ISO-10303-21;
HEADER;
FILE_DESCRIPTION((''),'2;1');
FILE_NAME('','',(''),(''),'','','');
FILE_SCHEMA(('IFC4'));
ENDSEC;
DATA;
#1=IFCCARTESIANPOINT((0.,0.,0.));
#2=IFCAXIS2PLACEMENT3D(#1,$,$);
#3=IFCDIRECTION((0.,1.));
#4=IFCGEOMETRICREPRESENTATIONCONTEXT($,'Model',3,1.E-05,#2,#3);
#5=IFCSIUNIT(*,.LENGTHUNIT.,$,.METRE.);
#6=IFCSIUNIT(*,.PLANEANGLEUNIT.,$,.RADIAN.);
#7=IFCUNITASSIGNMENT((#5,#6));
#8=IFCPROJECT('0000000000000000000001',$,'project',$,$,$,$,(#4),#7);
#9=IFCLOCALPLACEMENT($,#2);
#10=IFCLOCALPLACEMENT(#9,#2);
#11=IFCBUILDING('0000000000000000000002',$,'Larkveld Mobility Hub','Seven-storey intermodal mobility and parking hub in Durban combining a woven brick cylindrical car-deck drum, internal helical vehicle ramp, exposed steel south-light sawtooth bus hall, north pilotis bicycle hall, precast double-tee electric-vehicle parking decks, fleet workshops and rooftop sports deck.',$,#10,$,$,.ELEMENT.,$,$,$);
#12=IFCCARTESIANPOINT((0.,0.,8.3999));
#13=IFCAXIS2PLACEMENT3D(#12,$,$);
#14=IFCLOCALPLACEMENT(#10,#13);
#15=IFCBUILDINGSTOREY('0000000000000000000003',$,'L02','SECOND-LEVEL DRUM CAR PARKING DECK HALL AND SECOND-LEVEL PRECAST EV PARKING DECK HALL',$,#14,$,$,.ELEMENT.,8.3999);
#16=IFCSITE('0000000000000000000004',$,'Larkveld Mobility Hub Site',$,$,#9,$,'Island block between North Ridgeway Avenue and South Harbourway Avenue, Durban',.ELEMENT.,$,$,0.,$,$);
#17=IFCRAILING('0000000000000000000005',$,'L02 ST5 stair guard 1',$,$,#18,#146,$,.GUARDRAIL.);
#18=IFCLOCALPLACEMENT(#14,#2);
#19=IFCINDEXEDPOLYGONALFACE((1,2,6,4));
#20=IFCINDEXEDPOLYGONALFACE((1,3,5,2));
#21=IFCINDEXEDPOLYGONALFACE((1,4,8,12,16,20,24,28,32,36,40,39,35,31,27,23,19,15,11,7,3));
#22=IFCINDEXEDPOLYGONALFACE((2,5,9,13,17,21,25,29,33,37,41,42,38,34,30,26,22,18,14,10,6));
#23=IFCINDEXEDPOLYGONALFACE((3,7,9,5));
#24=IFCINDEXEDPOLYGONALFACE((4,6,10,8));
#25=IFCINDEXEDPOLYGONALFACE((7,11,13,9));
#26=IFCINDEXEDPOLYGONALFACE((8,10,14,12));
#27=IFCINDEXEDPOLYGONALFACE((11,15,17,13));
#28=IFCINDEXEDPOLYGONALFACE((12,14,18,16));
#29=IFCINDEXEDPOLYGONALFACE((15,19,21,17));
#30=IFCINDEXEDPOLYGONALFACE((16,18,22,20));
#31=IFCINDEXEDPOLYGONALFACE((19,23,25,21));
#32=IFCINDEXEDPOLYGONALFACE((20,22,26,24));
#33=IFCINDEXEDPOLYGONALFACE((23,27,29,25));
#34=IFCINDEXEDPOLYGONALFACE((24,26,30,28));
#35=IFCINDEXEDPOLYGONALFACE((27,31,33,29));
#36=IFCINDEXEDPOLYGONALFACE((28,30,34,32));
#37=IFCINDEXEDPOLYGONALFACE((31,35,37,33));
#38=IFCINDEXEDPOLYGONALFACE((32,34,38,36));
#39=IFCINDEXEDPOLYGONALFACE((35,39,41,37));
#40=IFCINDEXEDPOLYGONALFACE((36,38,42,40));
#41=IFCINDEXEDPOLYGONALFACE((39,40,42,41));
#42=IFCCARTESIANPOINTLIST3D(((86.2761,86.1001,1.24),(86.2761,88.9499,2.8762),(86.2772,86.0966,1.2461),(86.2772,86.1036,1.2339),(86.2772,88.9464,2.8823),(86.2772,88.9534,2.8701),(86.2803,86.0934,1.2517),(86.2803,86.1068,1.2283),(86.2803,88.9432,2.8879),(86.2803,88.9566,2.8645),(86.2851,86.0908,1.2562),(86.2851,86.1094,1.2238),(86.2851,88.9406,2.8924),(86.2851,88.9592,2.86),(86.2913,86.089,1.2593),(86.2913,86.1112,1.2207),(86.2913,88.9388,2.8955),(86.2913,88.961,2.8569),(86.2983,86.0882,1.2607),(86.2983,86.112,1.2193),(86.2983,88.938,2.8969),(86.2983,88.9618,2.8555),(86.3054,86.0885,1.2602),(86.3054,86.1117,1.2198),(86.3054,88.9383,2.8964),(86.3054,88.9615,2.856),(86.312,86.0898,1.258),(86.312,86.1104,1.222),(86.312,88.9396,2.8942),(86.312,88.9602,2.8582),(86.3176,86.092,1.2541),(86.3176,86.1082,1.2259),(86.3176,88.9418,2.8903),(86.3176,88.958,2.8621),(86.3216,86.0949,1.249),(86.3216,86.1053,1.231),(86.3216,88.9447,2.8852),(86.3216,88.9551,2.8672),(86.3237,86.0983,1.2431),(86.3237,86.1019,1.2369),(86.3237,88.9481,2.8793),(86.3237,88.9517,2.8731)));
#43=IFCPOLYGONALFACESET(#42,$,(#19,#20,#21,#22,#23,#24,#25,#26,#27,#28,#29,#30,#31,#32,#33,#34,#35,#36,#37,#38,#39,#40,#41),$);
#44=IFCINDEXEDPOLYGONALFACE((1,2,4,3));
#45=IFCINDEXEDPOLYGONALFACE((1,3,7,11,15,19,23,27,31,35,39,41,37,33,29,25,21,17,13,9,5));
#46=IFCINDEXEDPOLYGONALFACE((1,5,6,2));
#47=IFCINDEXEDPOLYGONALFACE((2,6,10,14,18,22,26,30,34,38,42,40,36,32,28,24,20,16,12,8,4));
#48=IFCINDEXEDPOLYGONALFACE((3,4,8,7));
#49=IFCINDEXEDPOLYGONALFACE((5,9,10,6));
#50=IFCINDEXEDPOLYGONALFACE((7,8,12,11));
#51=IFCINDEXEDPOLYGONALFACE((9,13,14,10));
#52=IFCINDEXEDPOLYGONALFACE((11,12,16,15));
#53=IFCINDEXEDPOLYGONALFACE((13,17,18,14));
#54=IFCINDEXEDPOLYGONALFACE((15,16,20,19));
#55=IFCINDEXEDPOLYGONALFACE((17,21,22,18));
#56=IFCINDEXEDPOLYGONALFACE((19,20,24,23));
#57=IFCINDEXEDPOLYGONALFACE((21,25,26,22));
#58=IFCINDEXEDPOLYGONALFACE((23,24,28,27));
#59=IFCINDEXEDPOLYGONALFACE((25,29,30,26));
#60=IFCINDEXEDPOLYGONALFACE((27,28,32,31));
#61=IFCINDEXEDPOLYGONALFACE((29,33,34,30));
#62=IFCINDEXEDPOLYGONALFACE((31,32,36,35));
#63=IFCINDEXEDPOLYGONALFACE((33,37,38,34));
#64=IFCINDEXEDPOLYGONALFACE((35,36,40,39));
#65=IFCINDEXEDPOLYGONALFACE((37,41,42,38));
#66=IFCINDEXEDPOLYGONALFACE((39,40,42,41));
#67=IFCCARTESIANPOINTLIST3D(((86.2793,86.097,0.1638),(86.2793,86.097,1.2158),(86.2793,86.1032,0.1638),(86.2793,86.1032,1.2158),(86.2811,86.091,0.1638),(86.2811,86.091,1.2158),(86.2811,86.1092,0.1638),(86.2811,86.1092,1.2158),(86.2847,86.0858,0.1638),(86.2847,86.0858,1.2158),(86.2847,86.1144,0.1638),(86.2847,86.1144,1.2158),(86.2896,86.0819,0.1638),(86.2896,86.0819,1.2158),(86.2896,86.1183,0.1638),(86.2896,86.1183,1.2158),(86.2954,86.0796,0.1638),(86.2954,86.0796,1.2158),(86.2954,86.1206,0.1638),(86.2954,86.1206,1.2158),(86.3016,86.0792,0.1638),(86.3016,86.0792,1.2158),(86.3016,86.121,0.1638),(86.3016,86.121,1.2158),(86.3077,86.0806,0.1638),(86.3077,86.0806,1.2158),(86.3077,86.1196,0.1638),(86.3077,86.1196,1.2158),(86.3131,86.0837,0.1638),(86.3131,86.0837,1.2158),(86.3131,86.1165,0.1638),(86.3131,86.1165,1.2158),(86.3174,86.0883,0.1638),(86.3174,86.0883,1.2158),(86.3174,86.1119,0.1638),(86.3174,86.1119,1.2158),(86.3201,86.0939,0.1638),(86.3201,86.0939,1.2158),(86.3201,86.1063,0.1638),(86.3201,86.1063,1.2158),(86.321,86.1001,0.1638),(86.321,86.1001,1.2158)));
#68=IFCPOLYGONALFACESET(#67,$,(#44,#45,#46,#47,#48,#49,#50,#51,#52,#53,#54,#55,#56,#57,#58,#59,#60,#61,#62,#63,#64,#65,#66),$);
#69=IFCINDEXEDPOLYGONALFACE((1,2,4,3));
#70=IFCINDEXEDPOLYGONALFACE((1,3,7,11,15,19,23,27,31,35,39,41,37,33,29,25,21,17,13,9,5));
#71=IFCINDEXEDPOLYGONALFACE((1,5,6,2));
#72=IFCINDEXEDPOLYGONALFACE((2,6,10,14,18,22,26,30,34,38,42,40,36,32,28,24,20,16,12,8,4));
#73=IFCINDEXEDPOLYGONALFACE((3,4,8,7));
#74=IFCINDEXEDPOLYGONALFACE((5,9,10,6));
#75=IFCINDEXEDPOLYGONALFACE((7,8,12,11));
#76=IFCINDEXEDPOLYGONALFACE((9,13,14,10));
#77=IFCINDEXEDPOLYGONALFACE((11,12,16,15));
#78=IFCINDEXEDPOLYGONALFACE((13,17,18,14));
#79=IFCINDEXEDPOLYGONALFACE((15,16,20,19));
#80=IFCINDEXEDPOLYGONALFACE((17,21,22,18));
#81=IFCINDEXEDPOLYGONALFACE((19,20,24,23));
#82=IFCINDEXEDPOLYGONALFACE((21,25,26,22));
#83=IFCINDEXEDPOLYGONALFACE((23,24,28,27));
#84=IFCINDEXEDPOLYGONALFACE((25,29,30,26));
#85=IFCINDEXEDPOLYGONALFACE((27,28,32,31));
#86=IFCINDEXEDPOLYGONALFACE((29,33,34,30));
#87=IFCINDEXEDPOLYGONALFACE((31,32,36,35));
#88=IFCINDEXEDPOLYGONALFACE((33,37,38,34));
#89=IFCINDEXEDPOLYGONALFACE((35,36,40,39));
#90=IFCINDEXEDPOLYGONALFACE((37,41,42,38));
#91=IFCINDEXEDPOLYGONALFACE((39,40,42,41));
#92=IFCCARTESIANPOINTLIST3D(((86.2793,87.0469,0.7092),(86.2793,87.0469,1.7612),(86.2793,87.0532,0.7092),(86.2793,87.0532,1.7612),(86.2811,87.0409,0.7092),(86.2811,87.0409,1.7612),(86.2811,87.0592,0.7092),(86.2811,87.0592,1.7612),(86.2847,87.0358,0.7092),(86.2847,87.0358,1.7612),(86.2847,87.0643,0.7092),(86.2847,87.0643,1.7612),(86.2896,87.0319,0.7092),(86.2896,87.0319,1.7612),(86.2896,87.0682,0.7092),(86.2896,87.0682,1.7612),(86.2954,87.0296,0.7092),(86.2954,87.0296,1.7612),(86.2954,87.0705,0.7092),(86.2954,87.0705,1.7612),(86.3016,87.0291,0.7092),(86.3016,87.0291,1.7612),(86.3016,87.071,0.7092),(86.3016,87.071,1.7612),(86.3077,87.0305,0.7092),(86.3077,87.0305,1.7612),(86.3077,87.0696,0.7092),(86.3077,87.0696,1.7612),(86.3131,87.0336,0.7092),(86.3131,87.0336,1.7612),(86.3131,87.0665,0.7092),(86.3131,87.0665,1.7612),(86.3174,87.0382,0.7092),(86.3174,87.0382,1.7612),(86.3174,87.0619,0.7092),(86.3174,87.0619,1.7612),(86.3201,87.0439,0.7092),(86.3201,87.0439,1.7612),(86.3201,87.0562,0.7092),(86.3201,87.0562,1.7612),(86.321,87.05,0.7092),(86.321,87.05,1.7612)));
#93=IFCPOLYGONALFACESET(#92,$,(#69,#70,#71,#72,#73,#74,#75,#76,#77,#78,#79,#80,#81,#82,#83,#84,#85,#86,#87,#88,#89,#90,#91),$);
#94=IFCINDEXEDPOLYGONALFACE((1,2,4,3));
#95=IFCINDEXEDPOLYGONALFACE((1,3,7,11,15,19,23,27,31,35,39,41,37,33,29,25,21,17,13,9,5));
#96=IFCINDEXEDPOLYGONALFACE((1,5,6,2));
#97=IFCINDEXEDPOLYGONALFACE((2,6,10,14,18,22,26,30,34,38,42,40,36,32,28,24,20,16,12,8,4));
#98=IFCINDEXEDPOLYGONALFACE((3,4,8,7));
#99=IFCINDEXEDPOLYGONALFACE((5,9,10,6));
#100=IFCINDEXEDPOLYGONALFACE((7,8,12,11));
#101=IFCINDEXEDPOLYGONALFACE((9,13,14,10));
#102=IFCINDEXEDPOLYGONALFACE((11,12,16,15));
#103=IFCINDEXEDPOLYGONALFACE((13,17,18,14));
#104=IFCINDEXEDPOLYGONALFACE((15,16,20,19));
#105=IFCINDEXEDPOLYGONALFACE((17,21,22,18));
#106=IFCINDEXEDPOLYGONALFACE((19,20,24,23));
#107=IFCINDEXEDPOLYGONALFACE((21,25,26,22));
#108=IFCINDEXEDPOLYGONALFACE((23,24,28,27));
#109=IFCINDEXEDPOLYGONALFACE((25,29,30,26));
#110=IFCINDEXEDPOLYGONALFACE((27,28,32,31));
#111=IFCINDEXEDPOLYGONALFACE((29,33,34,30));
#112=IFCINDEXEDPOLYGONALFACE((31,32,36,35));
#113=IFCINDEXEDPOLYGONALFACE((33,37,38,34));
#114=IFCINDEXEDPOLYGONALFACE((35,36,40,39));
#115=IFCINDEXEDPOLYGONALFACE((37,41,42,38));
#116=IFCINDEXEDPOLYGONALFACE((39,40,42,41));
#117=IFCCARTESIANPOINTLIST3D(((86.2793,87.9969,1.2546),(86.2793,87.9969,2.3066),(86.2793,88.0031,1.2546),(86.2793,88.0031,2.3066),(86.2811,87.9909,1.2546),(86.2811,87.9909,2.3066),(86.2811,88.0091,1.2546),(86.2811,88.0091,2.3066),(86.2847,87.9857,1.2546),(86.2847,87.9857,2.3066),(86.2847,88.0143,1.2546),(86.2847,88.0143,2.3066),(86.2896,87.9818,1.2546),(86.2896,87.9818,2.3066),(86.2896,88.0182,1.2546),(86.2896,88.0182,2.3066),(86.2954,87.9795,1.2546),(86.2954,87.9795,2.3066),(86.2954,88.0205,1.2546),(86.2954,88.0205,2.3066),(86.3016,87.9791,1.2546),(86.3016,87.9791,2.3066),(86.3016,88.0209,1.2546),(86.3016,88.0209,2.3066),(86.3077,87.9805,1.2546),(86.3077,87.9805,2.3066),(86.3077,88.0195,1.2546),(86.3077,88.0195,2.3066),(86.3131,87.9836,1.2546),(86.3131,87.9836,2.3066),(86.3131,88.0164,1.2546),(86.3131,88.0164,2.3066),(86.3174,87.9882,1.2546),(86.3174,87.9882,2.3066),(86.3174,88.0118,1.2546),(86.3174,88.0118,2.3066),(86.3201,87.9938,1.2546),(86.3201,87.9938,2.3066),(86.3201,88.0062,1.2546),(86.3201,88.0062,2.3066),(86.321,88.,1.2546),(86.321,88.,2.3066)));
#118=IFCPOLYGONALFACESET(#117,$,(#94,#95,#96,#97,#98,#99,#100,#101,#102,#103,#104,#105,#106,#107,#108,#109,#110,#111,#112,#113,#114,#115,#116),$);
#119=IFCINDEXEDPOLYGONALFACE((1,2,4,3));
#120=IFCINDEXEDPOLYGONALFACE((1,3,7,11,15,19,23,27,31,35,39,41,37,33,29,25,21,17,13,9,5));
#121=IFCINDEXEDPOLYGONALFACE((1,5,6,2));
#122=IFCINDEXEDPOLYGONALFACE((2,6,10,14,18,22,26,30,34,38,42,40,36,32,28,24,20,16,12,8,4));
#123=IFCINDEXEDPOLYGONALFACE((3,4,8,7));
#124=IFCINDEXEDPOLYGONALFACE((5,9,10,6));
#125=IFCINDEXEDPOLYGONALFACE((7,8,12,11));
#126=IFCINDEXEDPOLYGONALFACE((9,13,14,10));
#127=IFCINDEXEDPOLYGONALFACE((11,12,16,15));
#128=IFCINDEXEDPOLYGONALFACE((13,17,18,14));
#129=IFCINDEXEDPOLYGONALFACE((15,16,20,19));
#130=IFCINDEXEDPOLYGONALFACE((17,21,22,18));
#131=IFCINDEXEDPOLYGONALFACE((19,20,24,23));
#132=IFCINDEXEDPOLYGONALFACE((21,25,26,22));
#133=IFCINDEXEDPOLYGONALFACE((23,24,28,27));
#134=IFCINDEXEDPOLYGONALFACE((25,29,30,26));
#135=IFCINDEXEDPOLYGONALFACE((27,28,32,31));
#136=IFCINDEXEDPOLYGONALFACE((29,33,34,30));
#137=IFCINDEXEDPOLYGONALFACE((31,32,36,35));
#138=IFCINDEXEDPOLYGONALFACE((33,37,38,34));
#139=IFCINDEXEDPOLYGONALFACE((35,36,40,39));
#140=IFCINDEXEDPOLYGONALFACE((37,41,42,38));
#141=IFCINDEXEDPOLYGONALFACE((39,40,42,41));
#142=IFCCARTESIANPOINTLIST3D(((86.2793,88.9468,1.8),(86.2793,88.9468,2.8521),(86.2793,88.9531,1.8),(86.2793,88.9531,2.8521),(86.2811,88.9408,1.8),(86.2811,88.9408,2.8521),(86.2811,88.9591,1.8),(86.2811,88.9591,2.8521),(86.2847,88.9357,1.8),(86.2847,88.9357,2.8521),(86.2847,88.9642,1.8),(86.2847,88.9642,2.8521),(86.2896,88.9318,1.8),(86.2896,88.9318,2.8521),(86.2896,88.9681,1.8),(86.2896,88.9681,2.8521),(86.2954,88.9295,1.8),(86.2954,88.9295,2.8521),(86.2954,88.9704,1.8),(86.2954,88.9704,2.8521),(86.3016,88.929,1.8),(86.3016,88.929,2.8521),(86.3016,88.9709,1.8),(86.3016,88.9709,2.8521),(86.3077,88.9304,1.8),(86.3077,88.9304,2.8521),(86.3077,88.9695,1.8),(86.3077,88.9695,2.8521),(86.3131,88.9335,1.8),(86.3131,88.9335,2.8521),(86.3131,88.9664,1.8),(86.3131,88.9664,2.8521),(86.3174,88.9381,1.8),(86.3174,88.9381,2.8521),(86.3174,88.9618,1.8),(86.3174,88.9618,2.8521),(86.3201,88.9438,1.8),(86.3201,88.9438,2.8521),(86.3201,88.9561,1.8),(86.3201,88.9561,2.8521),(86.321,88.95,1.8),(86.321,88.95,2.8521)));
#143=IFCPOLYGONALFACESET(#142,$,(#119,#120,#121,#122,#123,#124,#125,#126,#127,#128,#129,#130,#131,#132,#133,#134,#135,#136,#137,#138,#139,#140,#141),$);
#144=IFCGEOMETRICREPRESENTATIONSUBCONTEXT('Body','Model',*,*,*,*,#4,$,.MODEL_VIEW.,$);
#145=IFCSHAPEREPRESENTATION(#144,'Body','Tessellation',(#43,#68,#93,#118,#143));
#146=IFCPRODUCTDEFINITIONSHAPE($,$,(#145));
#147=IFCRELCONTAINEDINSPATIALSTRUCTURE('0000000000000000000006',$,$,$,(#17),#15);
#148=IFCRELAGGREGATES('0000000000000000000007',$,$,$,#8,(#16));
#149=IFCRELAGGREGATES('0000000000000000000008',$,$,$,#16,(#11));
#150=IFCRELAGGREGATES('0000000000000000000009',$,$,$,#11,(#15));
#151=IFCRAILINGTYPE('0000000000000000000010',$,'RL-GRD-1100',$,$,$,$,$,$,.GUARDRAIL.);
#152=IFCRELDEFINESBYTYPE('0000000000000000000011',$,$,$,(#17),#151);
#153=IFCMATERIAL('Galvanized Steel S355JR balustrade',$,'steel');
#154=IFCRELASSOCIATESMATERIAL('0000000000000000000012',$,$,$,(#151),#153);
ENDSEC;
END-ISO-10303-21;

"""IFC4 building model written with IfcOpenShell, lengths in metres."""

from ifc_helpers import new_model, si_unit, direction, frame, origin, origin_2d, place, context, subcontext, project, spatial, circle, extrude, material, type_object, element, save


model = new_model("IFC4")

# Units and contexts
model_context = context("Model", 3, precision=1e-05, world=origin(), true_north=direction((0.0, 1.0)))
body_context = subcontext(model_context, "Body", "Model", "MODEL_VIEW")
ifc_project = project(units=[si_unit("LENGTHUNIT", "METRE"), si_unit("PLANEANGLEUNIT", "RADIAN")], contexts=[model_context])

# Site, building, storey
site_placement = place(None, origin())
site = spatial("IfcSite", under=ifc_project, at=site_placement, Name="Larkveld Mobility Hub Site", LongName="Island block between North Ridgeway Avenue and South Harbourway Avenue, Durban", CompositionType="ELEMENT", RefElevation=0.0)
building_placement = place(site_placement, origin())
building = spatial("IfcBuilding", under=site, at=building_placement, Name="Larkveld Mobility Hub", Description="Seven-storey intermodal mobility and parking hub in Durban combining a woven brick cylindrical car-deck drum, internal helical vehicle ramp, exposed steel south-light sawtooth bus hall, north pilotis bicycle hall, precast double-tee electric-vehicle parking decks, fleet workshops and rooftop sports deck.", CompositionType="ELEMENT")
storey_placement = place(building_placement, frame((0.0, 0.0, 8.3999)))
storey = spatial("IfcBuildingStorey", under=building, at=storey_placement, Name="L02", Description="SECOND-LEVEL DRUM CAR PARKING DECK HALL AND SECOND-LEVEL PRECAST EV PARKING DECK HALL", CompositionType="ELEMENT", Elevation=8.3999)

# Railing
ifc_material_1 = material(Name="Galvanized Steel S355JR balustrade", Category="steel")
railing_type_1 = type_object("IfcRailingType", Name="RL-GRD-1100", PredefinedType="GUARDRAIL", material=ifc_material_1)
railing_1_placement = place(storey_placement, frame((86.3, 86.1001, 0.1638)))
element("IfcRailing", 1, at=railing_1_placement, inside=storey, type_object=railing_type_1, Name="L02 ST5 stair guard 1", PredefinedType="GUARDRAIL", context=body_context, shape_type="SweptSolid", body=[
    extrude(circle(Radius=0.0239, at=origin_2d()), frame((0.0, 0.0, 1.0762), z_axis=(0.0, 0.867226, 0.497914), x_axis=(-1.0, 0.0, 0.0)), (0.0, 0.0, 1.0), 3.2861),
    extrude(circle(Radius=0.021, at=origin_2d()), origin(), (0.0, 0.0, 1.0), 1.052),
    extrude(circle(Radius=0.021, at=origin_2d()), frame((0.0, 0.95, 0.5454)), (0.0, 0.0, 1.0), 1.052),
    extrude(circle(Radius=0.021, at=origin_2d()), frame((0.0, 1.8999, 1.0908)), (0.0, 0.0, 1.0), 1.052),
    extrude(circle(Radius=0.021, at=origin_2d()), frame((0.0, 2.8499, 1.6362)), (0.0, 0.0, 1.0), 1.052),
])

save(model, "model.ifc")
